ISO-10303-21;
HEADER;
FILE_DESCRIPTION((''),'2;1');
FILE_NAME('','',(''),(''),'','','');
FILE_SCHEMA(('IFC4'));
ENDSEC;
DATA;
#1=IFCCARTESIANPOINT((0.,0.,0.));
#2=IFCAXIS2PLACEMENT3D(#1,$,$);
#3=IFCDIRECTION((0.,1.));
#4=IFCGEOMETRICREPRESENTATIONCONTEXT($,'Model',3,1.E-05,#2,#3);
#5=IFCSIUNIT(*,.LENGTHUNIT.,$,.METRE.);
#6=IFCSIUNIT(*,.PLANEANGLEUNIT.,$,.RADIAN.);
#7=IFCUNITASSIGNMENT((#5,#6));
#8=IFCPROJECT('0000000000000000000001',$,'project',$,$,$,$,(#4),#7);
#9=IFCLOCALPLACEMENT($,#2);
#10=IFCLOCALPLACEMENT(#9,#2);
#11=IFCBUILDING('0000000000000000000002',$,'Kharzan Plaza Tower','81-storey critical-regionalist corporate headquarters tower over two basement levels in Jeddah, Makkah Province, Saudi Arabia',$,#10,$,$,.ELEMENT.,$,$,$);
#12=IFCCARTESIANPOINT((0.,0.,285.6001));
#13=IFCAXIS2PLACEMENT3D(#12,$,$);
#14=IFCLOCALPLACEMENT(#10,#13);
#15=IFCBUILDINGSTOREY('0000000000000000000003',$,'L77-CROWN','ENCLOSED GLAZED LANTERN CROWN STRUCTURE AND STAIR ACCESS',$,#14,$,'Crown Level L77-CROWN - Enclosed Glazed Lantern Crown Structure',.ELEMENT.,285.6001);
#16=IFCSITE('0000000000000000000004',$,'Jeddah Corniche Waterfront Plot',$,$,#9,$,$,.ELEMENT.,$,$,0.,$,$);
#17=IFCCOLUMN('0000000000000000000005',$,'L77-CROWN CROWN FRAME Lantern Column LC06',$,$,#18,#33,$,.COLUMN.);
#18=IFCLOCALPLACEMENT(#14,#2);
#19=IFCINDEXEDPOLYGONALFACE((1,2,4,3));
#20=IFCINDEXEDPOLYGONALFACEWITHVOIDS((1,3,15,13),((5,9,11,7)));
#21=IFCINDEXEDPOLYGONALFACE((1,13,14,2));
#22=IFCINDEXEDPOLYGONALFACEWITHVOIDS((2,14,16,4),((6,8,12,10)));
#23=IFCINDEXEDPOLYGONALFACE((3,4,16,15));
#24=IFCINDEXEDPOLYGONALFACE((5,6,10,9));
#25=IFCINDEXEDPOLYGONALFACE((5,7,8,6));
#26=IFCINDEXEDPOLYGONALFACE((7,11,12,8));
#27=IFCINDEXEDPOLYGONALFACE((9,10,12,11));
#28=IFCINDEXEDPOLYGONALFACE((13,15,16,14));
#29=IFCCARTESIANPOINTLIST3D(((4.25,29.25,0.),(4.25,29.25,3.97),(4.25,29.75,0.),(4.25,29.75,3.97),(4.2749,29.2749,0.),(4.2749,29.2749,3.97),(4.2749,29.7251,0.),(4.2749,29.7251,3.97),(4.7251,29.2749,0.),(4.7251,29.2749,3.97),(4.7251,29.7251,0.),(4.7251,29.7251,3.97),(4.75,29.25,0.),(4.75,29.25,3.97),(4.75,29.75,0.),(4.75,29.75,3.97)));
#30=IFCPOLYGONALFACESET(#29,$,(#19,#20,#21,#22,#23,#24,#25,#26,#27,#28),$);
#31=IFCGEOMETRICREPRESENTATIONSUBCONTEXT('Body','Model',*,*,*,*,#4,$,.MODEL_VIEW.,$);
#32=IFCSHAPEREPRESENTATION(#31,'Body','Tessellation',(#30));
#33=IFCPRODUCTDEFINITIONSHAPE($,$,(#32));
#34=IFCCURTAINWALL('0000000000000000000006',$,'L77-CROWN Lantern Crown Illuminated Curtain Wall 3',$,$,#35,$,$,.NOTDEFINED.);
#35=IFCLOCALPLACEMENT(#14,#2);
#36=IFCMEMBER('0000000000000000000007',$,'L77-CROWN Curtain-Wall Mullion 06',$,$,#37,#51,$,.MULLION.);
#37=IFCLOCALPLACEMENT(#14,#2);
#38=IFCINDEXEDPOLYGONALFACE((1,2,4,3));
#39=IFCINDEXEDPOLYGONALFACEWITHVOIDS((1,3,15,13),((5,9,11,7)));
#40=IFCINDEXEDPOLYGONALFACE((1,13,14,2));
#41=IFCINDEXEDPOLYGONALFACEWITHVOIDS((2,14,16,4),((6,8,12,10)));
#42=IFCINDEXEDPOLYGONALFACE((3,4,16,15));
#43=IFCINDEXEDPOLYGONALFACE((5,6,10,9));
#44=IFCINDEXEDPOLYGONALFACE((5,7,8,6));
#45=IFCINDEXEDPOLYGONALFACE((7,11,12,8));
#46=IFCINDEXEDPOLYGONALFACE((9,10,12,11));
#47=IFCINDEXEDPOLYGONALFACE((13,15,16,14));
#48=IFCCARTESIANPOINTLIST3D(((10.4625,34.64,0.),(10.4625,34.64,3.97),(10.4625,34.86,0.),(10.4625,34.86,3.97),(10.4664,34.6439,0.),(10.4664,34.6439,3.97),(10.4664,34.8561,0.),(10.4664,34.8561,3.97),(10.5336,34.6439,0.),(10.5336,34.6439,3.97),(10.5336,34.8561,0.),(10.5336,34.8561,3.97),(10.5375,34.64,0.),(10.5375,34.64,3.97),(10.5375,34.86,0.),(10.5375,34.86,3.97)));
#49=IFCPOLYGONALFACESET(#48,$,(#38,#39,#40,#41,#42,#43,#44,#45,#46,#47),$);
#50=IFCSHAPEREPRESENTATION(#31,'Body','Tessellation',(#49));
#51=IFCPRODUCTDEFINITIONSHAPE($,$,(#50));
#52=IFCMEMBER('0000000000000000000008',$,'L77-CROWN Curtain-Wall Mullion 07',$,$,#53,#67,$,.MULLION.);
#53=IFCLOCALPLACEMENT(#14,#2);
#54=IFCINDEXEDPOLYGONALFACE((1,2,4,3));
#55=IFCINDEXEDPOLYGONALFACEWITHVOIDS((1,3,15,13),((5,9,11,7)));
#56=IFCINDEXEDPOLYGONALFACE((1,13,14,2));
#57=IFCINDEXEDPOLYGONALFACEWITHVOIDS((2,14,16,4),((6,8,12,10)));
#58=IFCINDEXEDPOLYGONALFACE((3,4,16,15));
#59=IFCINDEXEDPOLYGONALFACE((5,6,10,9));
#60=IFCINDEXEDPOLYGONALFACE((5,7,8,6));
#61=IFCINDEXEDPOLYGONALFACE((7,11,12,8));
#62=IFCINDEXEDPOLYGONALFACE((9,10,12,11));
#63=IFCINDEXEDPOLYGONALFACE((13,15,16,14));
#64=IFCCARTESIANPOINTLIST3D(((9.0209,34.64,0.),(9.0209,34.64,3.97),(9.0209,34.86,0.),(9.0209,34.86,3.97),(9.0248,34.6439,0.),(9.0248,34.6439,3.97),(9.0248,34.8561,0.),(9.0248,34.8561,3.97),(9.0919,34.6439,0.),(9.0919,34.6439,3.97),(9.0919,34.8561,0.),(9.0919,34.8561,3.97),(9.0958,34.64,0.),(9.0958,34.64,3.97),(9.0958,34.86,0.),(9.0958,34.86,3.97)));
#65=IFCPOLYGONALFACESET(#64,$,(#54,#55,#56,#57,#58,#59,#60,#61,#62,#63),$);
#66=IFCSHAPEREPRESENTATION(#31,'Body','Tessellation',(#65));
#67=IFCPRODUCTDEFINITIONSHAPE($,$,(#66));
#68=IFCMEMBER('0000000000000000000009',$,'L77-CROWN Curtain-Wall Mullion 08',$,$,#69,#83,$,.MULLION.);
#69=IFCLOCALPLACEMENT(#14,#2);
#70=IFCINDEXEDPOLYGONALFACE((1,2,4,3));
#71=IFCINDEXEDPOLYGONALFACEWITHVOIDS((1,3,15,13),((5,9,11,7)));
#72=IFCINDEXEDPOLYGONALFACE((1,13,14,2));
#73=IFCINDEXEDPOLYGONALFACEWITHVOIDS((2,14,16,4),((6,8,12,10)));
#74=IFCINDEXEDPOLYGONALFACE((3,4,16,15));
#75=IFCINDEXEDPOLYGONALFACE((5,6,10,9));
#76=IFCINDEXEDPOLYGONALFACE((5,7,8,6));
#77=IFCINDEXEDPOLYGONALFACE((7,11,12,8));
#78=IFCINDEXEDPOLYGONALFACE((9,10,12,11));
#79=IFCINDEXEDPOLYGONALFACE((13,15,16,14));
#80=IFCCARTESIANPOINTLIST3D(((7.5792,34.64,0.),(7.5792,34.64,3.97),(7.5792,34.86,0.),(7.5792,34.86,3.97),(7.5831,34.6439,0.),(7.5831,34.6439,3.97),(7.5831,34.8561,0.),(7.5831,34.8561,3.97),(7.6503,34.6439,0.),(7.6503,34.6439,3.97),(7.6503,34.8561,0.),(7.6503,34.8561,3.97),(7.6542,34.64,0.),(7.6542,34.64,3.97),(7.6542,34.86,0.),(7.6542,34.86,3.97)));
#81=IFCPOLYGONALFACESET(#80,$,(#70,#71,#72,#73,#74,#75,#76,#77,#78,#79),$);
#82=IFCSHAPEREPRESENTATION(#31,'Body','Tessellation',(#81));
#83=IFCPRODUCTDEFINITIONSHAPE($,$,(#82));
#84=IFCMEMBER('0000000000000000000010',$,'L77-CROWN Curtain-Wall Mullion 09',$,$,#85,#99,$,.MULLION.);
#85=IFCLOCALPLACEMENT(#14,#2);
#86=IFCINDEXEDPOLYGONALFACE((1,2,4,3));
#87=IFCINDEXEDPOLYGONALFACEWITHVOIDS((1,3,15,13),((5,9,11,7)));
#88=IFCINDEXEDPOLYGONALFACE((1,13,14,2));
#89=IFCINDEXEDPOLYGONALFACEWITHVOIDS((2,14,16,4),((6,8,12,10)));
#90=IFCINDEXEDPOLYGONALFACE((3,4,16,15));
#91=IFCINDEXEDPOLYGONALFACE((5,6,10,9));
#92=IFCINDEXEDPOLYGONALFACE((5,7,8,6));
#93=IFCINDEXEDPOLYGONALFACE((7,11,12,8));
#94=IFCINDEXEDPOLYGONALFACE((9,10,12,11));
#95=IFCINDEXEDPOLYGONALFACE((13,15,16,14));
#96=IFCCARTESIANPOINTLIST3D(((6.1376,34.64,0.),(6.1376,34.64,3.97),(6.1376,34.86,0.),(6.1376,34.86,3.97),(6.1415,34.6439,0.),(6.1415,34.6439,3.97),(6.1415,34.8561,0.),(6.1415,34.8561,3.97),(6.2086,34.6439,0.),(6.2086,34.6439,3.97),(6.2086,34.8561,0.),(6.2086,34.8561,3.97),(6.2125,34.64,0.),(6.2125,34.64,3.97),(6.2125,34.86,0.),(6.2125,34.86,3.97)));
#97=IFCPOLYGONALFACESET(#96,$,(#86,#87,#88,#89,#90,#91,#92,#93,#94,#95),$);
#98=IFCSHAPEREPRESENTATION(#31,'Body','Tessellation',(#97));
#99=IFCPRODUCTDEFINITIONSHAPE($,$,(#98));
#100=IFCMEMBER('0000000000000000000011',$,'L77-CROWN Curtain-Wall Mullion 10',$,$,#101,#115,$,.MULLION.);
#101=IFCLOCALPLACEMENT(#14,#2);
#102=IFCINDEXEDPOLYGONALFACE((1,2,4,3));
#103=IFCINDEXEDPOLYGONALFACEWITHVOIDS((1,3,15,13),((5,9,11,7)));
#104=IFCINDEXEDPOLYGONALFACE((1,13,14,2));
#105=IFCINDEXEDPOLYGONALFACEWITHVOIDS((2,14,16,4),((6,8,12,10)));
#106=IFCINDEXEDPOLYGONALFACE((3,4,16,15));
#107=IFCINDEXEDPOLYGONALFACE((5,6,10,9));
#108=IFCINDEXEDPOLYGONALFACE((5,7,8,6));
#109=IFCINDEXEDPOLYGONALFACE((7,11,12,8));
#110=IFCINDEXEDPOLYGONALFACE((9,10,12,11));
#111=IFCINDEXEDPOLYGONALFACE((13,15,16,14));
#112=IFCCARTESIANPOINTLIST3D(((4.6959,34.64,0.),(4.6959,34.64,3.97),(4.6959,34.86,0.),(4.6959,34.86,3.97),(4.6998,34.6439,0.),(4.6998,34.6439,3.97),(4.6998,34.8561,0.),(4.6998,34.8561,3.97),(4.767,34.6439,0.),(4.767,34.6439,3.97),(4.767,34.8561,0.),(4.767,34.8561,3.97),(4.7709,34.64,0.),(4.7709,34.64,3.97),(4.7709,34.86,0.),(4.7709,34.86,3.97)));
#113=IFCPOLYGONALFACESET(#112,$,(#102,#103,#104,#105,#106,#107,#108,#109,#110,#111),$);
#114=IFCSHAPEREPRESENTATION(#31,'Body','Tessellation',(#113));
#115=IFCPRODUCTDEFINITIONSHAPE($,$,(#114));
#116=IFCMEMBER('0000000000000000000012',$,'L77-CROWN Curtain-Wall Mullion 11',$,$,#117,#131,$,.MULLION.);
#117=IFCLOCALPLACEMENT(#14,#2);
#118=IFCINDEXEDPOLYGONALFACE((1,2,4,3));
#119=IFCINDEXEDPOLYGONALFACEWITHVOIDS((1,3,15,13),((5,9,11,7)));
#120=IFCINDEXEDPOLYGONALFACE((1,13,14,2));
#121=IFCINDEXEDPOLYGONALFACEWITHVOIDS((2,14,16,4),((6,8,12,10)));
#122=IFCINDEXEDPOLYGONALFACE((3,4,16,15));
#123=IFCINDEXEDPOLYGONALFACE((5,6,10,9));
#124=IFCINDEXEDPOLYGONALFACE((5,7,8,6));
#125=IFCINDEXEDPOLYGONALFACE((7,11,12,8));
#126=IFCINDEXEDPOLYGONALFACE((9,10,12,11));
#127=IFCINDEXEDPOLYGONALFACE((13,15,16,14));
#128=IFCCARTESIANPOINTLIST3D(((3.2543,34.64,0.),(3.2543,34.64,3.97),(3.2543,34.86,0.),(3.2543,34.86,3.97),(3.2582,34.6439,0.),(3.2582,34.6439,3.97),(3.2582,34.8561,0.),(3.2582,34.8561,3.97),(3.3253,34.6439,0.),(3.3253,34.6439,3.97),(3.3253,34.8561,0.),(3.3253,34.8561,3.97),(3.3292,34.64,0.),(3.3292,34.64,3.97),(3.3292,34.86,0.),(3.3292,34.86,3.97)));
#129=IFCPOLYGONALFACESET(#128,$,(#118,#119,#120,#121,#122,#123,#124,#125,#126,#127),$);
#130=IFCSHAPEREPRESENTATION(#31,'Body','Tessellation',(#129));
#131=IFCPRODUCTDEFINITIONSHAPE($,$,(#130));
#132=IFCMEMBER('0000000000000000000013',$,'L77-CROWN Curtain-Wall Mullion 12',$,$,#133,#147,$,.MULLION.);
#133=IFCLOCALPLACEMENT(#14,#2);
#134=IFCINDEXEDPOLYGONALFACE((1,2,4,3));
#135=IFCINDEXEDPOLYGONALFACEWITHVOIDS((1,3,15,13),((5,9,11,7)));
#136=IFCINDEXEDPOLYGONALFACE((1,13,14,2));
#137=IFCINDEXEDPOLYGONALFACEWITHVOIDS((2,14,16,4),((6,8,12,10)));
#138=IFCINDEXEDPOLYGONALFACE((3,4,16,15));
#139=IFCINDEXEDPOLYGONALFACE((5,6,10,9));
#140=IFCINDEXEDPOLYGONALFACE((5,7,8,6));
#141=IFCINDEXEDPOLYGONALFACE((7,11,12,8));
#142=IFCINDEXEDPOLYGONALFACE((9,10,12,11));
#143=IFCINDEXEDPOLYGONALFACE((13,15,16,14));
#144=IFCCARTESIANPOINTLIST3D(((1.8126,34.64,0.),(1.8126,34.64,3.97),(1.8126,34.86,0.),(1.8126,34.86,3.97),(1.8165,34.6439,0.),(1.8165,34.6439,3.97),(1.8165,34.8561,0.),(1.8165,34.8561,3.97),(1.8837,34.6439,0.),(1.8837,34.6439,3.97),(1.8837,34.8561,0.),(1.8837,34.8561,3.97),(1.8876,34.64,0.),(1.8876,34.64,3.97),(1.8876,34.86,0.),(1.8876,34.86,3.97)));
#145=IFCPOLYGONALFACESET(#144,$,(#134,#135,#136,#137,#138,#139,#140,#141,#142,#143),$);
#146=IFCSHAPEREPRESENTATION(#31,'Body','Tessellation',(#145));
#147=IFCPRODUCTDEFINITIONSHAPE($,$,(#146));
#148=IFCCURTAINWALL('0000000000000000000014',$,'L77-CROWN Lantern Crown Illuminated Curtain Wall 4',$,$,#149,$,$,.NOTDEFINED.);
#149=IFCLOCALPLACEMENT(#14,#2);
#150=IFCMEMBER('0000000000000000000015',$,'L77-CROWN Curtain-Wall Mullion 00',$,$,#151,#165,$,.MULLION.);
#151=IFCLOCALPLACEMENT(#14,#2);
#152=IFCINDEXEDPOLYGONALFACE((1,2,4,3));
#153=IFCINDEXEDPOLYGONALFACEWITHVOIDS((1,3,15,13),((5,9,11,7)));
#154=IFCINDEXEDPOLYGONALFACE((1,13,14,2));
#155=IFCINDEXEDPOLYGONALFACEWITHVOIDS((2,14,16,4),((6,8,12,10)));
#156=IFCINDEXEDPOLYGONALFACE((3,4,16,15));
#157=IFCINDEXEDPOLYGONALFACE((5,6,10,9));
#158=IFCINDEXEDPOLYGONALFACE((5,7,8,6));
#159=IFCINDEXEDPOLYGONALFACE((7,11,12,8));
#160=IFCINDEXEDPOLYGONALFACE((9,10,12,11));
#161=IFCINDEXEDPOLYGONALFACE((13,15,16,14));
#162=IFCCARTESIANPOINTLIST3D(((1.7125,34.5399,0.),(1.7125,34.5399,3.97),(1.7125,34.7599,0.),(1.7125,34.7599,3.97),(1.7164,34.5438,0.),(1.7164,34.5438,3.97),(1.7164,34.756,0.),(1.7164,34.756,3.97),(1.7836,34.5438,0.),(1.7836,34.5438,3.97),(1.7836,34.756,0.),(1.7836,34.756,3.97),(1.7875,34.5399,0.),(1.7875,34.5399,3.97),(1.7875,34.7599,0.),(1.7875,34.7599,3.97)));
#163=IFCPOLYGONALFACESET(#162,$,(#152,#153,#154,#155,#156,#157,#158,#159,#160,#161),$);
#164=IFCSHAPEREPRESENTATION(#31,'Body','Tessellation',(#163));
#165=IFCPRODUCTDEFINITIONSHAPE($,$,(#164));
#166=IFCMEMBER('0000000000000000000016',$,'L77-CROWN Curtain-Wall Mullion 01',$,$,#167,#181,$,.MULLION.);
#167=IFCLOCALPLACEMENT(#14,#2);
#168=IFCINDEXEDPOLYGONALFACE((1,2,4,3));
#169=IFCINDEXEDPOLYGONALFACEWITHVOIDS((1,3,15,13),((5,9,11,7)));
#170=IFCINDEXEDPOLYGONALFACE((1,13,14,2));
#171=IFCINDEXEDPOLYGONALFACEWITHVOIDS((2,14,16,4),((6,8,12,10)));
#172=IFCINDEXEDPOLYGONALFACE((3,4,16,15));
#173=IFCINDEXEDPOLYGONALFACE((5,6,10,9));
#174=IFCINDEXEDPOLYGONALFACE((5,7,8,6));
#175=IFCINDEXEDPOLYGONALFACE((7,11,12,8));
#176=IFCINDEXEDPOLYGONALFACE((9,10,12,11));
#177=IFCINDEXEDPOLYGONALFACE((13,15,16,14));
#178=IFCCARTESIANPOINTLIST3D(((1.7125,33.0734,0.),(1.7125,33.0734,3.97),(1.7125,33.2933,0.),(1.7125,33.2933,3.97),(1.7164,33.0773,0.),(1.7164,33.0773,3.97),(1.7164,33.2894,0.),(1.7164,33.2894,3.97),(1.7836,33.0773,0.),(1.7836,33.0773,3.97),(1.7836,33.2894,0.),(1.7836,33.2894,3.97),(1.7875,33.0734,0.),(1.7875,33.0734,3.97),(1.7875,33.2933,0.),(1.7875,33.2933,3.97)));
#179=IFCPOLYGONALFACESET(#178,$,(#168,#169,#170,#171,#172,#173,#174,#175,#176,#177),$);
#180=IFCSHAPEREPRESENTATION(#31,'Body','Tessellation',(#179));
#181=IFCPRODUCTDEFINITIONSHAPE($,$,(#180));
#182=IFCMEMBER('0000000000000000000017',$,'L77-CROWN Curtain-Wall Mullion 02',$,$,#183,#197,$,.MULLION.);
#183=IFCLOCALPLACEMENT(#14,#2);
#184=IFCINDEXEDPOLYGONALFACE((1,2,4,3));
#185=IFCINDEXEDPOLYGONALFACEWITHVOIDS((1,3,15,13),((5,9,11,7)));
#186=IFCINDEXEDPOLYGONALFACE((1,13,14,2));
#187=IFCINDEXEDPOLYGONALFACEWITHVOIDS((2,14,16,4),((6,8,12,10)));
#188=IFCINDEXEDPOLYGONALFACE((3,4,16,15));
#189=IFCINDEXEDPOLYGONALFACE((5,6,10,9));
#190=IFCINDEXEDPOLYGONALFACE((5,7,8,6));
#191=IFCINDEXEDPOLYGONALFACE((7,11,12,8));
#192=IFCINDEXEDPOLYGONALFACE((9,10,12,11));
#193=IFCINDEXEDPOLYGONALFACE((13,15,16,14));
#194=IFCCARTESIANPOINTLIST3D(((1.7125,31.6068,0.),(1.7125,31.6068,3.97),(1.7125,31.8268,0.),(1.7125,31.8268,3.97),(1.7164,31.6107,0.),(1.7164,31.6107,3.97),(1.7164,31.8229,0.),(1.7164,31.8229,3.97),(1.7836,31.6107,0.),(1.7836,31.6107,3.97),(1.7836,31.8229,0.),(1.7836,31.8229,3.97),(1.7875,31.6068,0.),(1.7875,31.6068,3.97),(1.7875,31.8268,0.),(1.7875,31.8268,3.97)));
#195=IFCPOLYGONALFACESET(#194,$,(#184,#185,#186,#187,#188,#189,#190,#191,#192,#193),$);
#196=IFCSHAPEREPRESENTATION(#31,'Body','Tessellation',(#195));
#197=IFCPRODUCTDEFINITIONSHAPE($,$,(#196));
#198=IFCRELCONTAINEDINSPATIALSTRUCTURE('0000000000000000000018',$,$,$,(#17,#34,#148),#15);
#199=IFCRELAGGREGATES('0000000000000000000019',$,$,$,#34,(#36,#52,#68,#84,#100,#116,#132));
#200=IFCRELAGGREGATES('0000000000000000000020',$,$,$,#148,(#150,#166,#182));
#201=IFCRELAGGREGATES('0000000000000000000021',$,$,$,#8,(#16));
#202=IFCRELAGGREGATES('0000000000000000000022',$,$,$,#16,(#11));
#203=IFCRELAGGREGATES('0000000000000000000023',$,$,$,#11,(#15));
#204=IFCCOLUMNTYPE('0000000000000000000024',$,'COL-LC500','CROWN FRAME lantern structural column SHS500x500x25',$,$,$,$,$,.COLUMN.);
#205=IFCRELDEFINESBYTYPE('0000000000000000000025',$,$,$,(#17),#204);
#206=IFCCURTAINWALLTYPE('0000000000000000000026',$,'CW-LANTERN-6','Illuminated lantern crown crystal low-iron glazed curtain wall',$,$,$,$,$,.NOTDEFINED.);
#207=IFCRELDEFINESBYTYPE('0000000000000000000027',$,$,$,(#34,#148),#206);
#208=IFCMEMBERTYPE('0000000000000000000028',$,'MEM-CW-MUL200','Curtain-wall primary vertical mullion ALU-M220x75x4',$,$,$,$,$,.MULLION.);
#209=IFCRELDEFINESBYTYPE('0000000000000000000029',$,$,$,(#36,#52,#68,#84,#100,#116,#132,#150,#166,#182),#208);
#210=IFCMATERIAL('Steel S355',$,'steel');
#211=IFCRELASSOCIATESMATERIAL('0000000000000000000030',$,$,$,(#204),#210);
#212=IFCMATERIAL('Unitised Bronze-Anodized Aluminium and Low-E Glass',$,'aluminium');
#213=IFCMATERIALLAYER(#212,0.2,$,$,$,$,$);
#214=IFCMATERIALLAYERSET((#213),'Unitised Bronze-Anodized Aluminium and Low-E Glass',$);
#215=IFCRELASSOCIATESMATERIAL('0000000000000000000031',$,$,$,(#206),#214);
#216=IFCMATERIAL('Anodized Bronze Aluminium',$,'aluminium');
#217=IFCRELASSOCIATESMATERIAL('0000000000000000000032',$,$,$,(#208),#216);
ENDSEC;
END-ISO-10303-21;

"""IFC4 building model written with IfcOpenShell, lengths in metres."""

from ifc_helpers import new_model, si_unit, direction, frame, origin, origin_2d, place, context, subcontext, project, spatial, hollow_rectangle, extrude, source, transform, mapped, material, layer, layer_set, material_profile, profile_set, type_object, element, aggregate, save


model = new_model("IFC4")

# Units and contexts
model_context = context("Model", 3, precision=1e-05, world=origin(), true_north=direction((0.0, 1.0)))
body_context = subcontext(model_context, "Body", "Model", "MODEL_VIEW")
ifc_project = project(units=[si_unit("LENGTHUNIT", "METRE"), si_unit("PLANEANGLEUNIT", "RADIAN")], contexts=[model_context])

# Site, building, storey
site_placement = place(None, origin())
site = spatial("IfcSite", under=ifc_project, at=site_placement, Name="Jeddah Corniche Waterfront Plot", CompositionType="ELEMENT", RefElevation=0.0)
building_placement = place(site_placement, origin())
building = spatial("IfcBuilding", under=site, at=building_placement, Name="Kharzan Plaza Tower", Description="81-storey critical-regionalist corporate headquarters tower over two basement levels in Jeddah, Makkah Province, Saudi Arabia", CompositionType="ELEMENT")
storey_placement = place(building_placement, frame((0.0, 0.0, 285.6001)))
storey = spatial("IfcBuildingStorey", under=building, at=storey_placement, Name="L77-CROWN", Description="ENCLOSED GLAZED LANTERN CROWN STRUCTURE AND STAIR ACCESS", LongName="Crown Level L77-CROWN - Enclosed Glazed Lantern Crown Structure", CompositionType="ELEMENT", Elevation=285.6001)

# Column
ifc_material_1 = material(Name="Steel S355", Category="steel")
ifc_material_profile_1 = material_profile(ifc_material_1, hollow_rectangle(XDim=0.5, YDim=0.5, WallThickness=0.0249, at=origin_2d()), Name="SHS500x500x25")
ifc_profile_set_1 = profile_set([ifc_material_profile_1], Name="Steel S355")
column_type = type_object("IfcColumnType", Name="COL-LC500", Description="CROWN FRAME lantern structural column SHS500x500x25", PredefinedType="COLUMN", material=ifc_profile_set_1)
shared_shape_1 = source(origin(), body_context, "Body", "SweptSolid", [
    extrude(hollow_rectangle(XDim=0.5, YDim=0.5, WallThickness=0.0249, at=origin_2d()), origin(), (0.0, 0.0, 1.0), 3.97),
])
column_placement = place(storey_placement, frame((4.5, 29.5, 0.0), z_axis=(0.0, 0.0, 1.0), x_axis=(1.0, 0.0, 0.0)))
element("IfcColumn", 1, at=column_placement, inside=storey, type_object=column_type, Name="L77-CROWN CROWN FRAME Lantern Column LC06", PredefinedType="COLUMN", context=body_context, shape_type="MappedRepresentation", body=[
    mapped(shared_shape_1, transform((0.0, 0.0, 0.0), x_axis=(1.0, 0.0, 0.0), y_axis=(0.0, 1.0, 0.0), z_axis=(0.0, 0.0, 1.0))),
])

# Curtain walls, members
ifc_material_2 = material(Name="Unitised Bronze-Anodized Aluminium and Low-E Glass", Category="aluminium")
ifc_layer_1 = layer(ifc_material_2, 0.2)
ifc_layer_set_1 = layer_set([ifc_layer_1], Name="Unitised Bronze-Anodized Aluminium and Low-E Glass")
curtain_wall_type = type_object("IfcCurtainWallType", Name="CW-LANTERN-6", Description="Illuminated lantern crown crystal low-iron glazed curtain wall", PredefinedType="NOTDEFINED", material=ifc_layer_set_1)
curtain_wall_1_placement = place(storey_placement, origin())
curtain_wall_1 = element("IfcCurtainWall", 2, at=curtain_wall_1_placement, inside=storey, type_object=curtain_wall_type, Name="L77-CROWN Lantern Crown Illuminated Curtain Wall 3", PredefinedType="NOTDEFINED")
ifc_material_3 = material(Name="Anodized Bronze Aluminium", Category="aluminium")
ifc_material_profile_2 = material_profile(ifc_material_3, hollow_rectangle(XDim=0.075, YDim=0.22, WallThickness=0.0039, at=origin_2d()), Name="ALU-M220x75x4")
ifc_profile_set_2 = profile_set([ifc_material_profile_2], Name="Anodized Bronze Aluminium")
member_type_1 = type_object("IfcMemberType", Name="MEM-CW-MUL200", Description="Curtain-wall primary vertical mullion ALU-M220x75x4", PredefinedType="MULLION", material=ifc_profile_set_2)
shared_shape_2 = source(origin(), body_context, "Body", "SweptSolid", [
    extrude(hollow_rectangle(XDim=0.075, YDim=0.22, WallThickness=0.0039, at=origin_2d()), origin(), (0.0, 0.0, 1.0), 3.97),
])
member_1_placement = place(storey_placement, frame((10.5, 34.75, 0.0), z_axis=(0.0, 0.0, 1.0), x_axis=(1.0, 0.0, 0.0)))
member_1 = element("IfcMember", 3, at=member_1_placement, type_object=member_type_1, Name="L77-CROWN Curtain-Wall Mullion 06", PredefinedType="MULLION", context=body_context, shape_type="MappedRepresentation", body=[
    mapped(shared_shape_2, transform((0.0, 0.0, 0.0), x_axis=(1.0, 0.0, 0.0), y_axis=(0.0, 1.0, 0.0), z_axis=(0.0, 0.0, 1.0))),
])
member_2_placement = place(storey_placement, frame((9.0583, 34.75, 0.0), z_axis=(0.0, 0.0, 1.0), x_axis=(1.0, 0.0, 0.0)))
member_2 = element("IfcMember", 4, at=member_2_placement, type_object=member_type_1, Name="L77-CROWN Curtain-Wall Mullion 07", PredefinedType="MULLION", context=body_context, shape_type="MappedRepresentation", body=[
    mapped(shared_shape_2, transform((0.0, 0.0, 0.0), x_axis=(1.0, 0.0, 0.0), y_axis=(0.0, 1.0, 0.0), z_axis=(0.0, 0.0, 1.0))),
])
member_3_placement = place(storey_placement, frame((7.6167, 34.75, 0.0), z_axis=(0.0, 0.0, 1.0), x_axis=(1.0, 0.0, 0.0)))
member_3 = element("IfcMember", 5, at=member_3_placement, type_object=member_type_1, Name="L77-CROWN Curtain-Wall Mullion 08", PredefinedType="MULLION", context=body_context, shape_type="MappedRepresentation", body=[
    mapped(shared_shape_2, transform((0.0, 0.0, 0.0), x_axis=(1.0, 0.0, 0.0), y_axis=(0.0, 1.0, 0.0), z_axis=(0.0, 0.0, 1.0))),
])
member_4_placement = place(storey_placement, frame((6.175, 34.75, 0.0), z_axis=(0.0, 0.0, 1.0), x_axis=(1.0, 0.0, 0.0)))
member_4 = element("IfcMember", 6, at=member_4_placement, type_object=member_type_1, Name="L77-CROWN Curtain-Wall Mullion 09", PredefinedType="MULLION", context=body_context, shape_type="MappedRepresentation", body=[
    mapped(shared_shape_2, transform((0.0, 0.0, 0.0), x_axis=(1.0, 0.0, 0.0), y_axis=(0.0, 1.0, 0.0), z_axis=(0.0, 0.0, 1.0))),
])
member_5_placement = place(storey_placement, frame((4.7334, 34.75, 0.0), z_axis=(0.0, 0.0, 1.0), x_axis=(1.0, 0.0, 0.0)))
member_5 = element("IfcMember", 7, at=member_5_placement, type_object=member_type_1, Name="L77-CROWN Curtain-Wall Mullion 10", PredefinedType="MULLION", context=body_context, shape_type="MappedRepresentation", body=[
    mapped(shared_shape_2, transform((0.0, 0.0, 0.0), x_axis=(1.0, 0.0, 0.0), y_axis=(0.0, 1.0, 0.0), z_axis=(0.0, 0.0, 1.0))),
])
member_6_placement = place(storey_placement, frame((3.2917, 34.75, 0.0), z_axis=(0.0, 0.0, 1.0), x_axis=(1.0, 0.0, 0.0)))
member_6 = element("IfcMember", 8, at=member_6_placement, type_object=member_type_1, Name="L77-CROWN Curtain-Wall Mullion 11", PredefinedType="MULLION", context=body_context, shape_type="MappedRepresentation", body=[
    mapped(shared_shape_2, transform((0.0, 0.0, 0.0), x_axis=(1.0, 0.0, 0.0), y_axis=(0.0, 1.0, 0.0), z_axis=(0.0, 0.0, 1.0))),
])
member_7_placement = place(storey_placement, frame((1.8501, 34.75, 0.0), z_axis=(0.0, 0.0, 1.0), x_axis=(1.0, 0.0, 0.0)))
member_7 = element("IfcMember", 9, at=member_7_placement, type_object=member_type_1, Name="L77-CROWN Curtain-Wall Mullion 12", PredefinedType="MULLION", context=body_context, shape_type="MappedRepresentation", body=[
    mapped(shared_shape_2, transform((0.0, 0.0, 0.0), x_axis=(1.0, 0.0, 0.0), y_axis=(0.0, 1.0, 0.0), z_axis=(0.0, 0.0, 1.0))),
])
curtain_wall_2_placement = place(storey_placement, origin())
curtain_wall_2 = element("IfcCurtainWall", 10, at=curtain_wall_2_placement, inside=storey, type_object=curtain_wall_type, Name="L77-CROWN Lantern Crown Illuminated Curtain Wall 4", PredefinedType="NOTDEFINED")
member_8_placement = place(storey_placement, frame((1.75, 34.6499, 0.0), z_axis=(0.0, 0.0, 1.0), x_axis=(1.0, 0.0, 0.0)))
member_8 = element("IfcMember", 11, at=member_8_placement, type_object=member_type_1, Name="L77-CROWN Curtain-Wall Mullion 00", PredefinedType="MULLION", context=body_context, shape_type="MappedRepresentation", body=[
    mapped(shared_shape_2, transform((0.0, 0.0, 0.0), x_axis=(1.0, 0.0, 0.0), y_axis=(0.0, 1.0, 0.0), z_axis=(0.0, 0.0, 1.0))),
])
member_9_placement = place(storey_placement, frame((1.75, 33.1833, 0.0), z_axis=(0.0, 0.0, 1.0), x_axis=(1.0, 0.0, 0.0)))
member_9 = element("IfcMember", 12, at=member_9_placement, type_object=member_type_1, Name="L77-CROWN Curtain-Wall Mullion 01", PredefinedType="MULLION", context=body_context, shape_type="MappedRepresentation", body=[
    mapped(shared_shape_2, transform((0.0, 0.0, 0.0), x_axis=(1.0, 0.0, 0.0), y_axis=(0.0, 1.0, 0.0), z_axis=(0.0, 0.0, 1.0))),
])
member_10_placement = place(storey_placement, frame((1.75, 31.7168, 0.0), z_axis=(0.0, 0.0, 1.0), x_axis=(1.0, 0.0, 0.0)))
member_10 = element("IfcMember", 13, at=member_10_placement, type_object=member_type_1, Name="L77-CROWN Curtain-Wall Mullion 02", PredefinedType="MULLION", context=body_context, shape_type="MappedRepresentation", body=[
    mapped(shared_shape_2, transform((0.0, 0.0, 0.0), x_axis=(1.0, 0.0, 0.0), y_axis=(0.0, 1.0, 0.0), z_axis=(0.0, 0.0, 1.0))),
])

aggregate(curtain_wall_1, [member_1, member_2, member_3, member_4, member_5, member_6, member_7])
aggregate(curtain_wall_2, [member_8, member_9, member_10])

save(model, "model.ifc")
